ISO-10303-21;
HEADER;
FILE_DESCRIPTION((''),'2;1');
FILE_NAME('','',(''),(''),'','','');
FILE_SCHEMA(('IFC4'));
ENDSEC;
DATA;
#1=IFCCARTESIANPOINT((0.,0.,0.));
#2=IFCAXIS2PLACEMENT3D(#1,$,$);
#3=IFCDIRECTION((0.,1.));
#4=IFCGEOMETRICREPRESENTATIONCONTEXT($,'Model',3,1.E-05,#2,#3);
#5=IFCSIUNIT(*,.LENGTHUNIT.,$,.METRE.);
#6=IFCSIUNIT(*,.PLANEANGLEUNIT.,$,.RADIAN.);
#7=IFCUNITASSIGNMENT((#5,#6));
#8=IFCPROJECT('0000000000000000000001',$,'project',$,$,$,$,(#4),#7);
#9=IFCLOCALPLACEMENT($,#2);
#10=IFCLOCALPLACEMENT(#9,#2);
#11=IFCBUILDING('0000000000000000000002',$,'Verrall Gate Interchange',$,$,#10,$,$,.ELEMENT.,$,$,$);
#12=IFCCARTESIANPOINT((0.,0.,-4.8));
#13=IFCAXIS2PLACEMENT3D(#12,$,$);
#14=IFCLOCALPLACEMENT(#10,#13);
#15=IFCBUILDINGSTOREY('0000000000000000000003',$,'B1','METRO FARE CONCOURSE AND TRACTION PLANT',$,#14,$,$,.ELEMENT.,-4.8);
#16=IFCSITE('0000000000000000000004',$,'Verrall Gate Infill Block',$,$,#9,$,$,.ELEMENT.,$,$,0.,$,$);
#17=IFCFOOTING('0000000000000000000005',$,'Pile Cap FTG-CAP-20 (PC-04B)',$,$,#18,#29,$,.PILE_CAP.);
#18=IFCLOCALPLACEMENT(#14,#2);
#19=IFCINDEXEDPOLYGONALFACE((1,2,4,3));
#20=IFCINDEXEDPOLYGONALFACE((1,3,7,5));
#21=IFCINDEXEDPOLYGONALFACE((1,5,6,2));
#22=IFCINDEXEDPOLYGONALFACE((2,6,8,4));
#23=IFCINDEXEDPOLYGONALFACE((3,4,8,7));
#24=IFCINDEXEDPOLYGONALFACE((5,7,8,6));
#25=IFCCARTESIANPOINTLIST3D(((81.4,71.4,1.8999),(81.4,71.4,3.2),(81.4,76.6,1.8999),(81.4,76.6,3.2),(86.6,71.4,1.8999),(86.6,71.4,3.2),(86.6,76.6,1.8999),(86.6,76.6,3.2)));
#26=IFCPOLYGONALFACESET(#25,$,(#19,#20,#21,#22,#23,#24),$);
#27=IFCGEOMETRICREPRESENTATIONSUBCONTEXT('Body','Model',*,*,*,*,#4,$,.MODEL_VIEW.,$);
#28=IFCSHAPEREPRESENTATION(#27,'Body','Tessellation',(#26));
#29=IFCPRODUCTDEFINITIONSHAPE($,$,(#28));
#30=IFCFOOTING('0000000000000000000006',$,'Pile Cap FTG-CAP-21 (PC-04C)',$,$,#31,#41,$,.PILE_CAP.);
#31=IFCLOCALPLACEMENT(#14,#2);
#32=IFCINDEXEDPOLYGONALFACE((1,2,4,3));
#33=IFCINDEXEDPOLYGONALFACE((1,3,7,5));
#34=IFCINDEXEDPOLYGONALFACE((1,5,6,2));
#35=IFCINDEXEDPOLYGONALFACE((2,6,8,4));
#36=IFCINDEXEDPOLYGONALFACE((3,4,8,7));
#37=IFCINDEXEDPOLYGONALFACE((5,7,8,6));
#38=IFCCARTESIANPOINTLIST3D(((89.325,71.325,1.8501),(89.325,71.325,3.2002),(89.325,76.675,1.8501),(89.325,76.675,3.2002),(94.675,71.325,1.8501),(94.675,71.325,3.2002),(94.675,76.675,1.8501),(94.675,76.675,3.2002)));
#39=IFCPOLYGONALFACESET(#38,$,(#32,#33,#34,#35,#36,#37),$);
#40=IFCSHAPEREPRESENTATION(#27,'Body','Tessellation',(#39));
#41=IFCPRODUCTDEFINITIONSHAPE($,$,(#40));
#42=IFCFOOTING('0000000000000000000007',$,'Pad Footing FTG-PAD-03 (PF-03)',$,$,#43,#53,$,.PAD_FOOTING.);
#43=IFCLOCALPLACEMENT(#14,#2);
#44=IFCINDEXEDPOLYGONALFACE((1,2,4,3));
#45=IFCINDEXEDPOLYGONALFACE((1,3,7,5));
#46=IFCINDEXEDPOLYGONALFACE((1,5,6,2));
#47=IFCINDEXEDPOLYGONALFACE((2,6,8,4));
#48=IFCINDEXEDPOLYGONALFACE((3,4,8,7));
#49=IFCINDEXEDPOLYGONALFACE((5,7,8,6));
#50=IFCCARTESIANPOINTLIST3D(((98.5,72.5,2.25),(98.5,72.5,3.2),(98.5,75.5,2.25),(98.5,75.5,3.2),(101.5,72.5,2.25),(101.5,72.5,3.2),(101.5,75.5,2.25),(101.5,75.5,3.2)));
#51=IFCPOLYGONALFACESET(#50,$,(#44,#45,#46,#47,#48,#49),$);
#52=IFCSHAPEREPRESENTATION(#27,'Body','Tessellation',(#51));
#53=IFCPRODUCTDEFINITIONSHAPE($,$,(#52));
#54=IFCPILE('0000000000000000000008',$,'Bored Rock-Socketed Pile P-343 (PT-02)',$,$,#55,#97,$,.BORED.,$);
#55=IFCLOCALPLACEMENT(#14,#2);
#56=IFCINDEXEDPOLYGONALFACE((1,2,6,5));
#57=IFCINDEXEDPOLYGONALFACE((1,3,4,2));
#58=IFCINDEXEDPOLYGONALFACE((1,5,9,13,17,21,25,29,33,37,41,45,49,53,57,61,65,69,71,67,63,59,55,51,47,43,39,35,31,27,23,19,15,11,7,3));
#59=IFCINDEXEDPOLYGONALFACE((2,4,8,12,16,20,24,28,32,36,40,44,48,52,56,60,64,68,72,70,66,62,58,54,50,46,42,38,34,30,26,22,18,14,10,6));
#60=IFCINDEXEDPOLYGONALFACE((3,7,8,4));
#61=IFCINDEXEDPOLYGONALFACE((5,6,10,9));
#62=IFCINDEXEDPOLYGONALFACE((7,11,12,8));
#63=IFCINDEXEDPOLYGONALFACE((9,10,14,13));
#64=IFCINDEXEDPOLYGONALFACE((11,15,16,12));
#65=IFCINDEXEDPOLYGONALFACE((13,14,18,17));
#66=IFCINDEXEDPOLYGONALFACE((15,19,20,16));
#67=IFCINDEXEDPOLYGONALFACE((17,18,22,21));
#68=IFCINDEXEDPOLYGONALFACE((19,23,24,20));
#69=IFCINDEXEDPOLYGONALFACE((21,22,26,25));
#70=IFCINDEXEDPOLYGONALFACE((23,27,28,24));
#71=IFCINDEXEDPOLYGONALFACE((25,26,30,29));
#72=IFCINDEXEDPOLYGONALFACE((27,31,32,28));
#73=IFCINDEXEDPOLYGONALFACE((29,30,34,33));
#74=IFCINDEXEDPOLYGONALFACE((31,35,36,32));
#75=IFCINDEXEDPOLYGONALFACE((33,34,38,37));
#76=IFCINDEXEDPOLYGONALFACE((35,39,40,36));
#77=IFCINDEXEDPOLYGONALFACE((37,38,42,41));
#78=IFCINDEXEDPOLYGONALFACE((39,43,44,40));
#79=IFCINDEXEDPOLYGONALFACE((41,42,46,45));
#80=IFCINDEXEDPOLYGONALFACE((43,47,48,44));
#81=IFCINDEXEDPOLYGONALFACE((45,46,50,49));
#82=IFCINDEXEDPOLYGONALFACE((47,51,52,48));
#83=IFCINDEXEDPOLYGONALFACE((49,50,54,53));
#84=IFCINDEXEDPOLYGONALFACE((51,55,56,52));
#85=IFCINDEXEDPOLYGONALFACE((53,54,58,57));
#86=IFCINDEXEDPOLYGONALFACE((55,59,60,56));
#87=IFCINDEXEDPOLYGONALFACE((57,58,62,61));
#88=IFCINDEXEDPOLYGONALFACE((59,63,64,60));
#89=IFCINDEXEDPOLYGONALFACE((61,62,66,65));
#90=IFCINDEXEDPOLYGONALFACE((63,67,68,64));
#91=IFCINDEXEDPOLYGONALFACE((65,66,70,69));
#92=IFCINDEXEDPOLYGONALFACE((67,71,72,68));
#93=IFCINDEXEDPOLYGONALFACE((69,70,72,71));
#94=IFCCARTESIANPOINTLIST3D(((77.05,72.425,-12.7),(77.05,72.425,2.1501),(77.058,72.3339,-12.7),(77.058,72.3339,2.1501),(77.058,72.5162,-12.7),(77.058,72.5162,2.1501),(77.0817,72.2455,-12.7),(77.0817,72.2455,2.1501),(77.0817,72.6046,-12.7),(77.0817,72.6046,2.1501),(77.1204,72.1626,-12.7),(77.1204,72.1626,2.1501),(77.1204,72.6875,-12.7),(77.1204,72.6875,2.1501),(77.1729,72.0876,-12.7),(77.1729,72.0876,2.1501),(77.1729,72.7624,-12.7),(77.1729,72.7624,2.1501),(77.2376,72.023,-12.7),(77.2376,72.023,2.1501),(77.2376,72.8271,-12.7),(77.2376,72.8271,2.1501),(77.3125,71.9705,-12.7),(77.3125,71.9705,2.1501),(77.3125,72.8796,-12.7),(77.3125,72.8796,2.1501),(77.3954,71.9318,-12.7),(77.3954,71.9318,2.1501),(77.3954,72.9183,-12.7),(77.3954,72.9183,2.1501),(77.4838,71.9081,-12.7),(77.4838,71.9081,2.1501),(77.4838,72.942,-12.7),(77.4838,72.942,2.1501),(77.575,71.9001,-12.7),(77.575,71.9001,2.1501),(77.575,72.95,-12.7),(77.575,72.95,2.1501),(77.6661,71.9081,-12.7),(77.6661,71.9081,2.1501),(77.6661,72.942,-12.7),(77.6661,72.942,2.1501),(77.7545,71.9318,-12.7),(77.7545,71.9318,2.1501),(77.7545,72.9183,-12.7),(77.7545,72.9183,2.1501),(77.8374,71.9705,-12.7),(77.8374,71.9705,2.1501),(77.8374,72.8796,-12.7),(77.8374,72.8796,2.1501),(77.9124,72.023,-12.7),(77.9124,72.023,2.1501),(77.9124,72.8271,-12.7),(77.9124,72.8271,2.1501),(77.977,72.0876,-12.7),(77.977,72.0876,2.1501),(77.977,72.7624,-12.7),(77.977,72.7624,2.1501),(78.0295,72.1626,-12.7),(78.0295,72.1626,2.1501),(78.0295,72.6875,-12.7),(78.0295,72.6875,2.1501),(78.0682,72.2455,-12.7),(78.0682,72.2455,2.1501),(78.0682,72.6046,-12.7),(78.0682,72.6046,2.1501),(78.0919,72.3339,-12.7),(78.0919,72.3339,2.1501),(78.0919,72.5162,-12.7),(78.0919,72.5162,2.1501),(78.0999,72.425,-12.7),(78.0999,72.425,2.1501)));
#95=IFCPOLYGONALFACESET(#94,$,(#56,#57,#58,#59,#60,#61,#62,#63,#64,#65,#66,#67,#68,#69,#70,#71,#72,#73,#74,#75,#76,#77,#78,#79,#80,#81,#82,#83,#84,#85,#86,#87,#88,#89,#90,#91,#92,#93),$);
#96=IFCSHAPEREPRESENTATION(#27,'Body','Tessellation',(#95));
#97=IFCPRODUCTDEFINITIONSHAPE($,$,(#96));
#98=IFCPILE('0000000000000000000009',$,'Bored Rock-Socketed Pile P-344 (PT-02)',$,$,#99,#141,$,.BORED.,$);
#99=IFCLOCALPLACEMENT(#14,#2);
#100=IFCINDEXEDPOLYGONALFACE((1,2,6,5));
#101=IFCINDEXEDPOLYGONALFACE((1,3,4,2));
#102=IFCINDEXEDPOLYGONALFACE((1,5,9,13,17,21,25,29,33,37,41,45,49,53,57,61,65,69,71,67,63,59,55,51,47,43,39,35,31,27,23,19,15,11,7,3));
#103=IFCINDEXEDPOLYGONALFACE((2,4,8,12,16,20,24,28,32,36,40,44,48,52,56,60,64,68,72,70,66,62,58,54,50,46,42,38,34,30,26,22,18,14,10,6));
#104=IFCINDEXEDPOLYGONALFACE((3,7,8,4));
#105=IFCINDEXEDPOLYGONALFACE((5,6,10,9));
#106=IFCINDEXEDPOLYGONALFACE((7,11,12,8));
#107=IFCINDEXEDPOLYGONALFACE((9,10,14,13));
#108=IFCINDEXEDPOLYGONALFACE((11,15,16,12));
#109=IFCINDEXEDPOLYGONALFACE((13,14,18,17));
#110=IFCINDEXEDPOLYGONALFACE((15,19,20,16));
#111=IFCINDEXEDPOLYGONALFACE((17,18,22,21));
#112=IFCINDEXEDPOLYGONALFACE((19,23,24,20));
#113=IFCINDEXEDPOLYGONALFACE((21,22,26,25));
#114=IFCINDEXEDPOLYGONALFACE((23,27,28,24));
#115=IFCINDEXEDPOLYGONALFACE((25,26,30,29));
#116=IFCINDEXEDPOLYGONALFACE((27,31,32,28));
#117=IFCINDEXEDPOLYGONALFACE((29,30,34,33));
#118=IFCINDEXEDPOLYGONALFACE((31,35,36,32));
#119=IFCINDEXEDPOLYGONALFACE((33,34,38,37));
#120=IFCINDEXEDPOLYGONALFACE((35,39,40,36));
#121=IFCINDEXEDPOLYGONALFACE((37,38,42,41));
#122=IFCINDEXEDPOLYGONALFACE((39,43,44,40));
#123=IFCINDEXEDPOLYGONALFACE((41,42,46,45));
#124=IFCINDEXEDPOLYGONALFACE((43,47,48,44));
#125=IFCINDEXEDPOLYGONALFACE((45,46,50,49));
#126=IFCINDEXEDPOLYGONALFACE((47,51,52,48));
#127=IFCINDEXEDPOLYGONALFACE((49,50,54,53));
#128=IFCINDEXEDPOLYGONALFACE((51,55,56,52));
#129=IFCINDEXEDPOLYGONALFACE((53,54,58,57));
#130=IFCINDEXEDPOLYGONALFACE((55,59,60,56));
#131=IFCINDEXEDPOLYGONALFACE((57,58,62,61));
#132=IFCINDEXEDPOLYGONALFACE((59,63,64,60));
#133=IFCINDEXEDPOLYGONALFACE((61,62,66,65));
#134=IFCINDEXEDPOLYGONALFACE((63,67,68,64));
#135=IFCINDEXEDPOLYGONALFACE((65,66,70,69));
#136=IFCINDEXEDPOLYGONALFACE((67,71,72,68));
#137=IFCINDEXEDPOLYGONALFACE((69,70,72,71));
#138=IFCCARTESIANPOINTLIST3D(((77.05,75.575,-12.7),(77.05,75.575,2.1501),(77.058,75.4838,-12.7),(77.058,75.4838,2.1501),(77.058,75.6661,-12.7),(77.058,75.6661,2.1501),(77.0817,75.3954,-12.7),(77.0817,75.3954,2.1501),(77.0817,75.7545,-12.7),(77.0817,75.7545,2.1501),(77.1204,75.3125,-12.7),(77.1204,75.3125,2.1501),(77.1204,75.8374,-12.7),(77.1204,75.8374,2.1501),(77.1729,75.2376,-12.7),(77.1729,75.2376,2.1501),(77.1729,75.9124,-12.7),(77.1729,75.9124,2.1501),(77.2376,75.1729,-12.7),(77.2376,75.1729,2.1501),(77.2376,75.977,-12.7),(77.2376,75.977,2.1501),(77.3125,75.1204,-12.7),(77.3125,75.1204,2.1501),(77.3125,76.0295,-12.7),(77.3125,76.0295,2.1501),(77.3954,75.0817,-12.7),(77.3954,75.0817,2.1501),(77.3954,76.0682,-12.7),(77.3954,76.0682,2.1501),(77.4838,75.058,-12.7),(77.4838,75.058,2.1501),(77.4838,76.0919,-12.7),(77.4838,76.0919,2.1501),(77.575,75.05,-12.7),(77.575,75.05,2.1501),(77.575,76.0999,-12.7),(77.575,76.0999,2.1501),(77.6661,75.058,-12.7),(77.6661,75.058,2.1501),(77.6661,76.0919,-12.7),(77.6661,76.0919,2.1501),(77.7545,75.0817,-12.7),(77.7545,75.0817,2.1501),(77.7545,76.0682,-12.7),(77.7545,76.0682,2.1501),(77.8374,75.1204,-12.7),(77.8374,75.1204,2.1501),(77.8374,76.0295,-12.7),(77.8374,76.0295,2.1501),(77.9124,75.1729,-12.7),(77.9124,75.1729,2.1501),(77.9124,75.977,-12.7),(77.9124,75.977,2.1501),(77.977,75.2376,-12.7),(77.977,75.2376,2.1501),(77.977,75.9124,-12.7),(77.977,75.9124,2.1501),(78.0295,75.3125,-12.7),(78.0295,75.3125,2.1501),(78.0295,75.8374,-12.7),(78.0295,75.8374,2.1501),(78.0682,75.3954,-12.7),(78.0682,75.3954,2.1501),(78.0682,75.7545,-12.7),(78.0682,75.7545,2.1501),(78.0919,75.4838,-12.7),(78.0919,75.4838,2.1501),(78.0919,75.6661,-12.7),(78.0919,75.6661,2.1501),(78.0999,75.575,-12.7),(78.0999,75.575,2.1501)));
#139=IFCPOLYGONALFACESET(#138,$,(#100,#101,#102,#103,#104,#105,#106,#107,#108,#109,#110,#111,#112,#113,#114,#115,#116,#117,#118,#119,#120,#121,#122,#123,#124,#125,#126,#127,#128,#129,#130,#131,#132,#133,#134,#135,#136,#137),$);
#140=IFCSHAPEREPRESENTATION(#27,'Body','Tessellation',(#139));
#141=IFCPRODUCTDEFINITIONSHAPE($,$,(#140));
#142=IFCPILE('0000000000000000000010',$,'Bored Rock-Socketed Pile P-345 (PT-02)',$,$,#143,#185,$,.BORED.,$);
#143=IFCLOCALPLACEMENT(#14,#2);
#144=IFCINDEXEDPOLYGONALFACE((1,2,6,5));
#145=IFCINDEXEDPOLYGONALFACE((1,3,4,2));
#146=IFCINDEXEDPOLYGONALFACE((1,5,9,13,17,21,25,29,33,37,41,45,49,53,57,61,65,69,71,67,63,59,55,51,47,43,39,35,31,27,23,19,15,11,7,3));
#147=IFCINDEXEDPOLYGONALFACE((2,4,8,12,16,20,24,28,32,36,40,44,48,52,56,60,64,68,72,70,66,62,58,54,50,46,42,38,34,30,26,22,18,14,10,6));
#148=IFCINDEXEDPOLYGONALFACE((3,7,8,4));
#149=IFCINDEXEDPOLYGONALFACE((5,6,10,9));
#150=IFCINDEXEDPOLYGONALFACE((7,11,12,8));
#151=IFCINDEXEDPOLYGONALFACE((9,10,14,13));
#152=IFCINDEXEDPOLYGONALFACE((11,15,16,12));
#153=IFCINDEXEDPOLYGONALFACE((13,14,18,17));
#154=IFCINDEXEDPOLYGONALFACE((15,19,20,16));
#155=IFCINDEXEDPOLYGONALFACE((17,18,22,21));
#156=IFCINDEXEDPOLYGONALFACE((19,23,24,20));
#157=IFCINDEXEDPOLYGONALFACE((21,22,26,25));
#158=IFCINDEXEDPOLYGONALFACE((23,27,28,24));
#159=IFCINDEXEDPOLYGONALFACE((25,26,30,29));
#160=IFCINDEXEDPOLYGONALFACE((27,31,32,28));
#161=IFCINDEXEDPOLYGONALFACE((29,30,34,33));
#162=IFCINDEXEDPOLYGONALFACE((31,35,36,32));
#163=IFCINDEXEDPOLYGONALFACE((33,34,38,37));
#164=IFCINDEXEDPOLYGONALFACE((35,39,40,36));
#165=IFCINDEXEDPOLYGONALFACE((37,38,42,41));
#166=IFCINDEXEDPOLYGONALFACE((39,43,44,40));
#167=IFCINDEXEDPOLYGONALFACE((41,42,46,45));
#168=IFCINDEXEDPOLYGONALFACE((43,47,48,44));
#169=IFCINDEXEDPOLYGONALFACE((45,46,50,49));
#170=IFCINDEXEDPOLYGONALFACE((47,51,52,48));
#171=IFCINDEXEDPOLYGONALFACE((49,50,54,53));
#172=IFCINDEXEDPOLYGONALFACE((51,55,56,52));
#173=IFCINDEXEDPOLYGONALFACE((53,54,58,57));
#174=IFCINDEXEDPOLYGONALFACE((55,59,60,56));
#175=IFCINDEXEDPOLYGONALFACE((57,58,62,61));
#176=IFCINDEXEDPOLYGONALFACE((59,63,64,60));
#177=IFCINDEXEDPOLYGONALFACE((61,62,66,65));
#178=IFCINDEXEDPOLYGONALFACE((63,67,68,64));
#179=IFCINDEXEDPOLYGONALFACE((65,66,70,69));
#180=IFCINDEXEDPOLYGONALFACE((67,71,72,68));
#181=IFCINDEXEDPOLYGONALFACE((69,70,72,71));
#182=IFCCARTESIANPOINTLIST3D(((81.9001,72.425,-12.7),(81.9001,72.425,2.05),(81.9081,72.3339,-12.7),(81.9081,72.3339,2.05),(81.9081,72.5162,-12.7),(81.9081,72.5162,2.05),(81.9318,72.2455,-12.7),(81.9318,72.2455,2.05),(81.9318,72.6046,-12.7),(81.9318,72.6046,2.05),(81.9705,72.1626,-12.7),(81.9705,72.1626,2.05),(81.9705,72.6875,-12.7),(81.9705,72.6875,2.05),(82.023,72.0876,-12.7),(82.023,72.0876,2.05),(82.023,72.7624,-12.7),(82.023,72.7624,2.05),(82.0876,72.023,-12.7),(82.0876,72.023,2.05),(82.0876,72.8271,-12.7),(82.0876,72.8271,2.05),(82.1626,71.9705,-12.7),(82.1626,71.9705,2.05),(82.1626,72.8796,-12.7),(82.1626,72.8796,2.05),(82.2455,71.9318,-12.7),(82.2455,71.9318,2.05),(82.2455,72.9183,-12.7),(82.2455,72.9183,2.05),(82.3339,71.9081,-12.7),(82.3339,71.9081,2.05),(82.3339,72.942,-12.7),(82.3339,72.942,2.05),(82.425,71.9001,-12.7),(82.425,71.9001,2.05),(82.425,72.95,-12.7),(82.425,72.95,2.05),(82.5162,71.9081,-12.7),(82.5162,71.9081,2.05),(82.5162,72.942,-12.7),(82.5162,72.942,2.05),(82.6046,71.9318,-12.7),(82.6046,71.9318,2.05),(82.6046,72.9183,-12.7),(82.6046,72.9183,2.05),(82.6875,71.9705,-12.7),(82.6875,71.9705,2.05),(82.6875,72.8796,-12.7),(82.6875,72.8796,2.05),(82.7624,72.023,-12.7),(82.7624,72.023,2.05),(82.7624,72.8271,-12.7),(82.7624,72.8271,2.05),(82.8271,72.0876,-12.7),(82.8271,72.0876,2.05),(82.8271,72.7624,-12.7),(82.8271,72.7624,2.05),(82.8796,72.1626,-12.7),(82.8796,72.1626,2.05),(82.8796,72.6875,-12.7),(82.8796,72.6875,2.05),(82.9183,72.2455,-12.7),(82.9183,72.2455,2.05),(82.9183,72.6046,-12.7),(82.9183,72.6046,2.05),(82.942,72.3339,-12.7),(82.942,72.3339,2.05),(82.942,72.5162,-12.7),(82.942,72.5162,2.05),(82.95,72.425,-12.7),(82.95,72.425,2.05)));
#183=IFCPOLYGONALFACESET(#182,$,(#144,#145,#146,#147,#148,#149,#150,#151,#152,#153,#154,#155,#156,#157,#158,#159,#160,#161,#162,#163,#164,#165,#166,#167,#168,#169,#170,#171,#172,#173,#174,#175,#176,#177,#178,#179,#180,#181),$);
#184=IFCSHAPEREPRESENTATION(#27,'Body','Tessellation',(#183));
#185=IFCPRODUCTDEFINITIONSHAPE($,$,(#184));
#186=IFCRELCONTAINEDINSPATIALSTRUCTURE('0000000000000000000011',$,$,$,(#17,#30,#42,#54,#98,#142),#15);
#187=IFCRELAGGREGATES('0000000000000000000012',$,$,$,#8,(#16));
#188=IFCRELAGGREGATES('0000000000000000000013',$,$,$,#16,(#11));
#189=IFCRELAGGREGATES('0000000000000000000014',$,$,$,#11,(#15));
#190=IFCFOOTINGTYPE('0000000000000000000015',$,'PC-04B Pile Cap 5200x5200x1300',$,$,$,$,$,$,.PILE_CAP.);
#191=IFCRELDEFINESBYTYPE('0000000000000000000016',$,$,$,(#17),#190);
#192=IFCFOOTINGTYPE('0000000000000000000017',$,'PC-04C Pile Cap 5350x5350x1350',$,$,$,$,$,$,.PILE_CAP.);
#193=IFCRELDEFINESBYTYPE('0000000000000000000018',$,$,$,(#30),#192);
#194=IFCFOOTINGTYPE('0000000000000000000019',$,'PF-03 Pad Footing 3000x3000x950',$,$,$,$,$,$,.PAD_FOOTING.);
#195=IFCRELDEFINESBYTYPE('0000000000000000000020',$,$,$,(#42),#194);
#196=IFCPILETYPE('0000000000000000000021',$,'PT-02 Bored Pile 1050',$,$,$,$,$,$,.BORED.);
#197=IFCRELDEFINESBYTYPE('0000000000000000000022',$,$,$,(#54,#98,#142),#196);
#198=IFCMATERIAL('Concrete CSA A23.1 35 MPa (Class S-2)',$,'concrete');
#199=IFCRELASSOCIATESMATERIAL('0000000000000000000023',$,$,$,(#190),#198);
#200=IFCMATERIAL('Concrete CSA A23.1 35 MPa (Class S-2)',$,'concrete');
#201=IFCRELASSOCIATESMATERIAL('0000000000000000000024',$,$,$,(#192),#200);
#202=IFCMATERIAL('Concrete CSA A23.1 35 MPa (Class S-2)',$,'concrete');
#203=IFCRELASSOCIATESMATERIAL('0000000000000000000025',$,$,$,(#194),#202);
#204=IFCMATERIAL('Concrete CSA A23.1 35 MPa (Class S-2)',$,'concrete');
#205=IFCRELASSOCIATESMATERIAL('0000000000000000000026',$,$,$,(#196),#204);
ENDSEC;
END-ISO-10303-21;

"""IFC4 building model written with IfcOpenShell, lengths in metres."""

from ifc_helpers import new_model, si_unit, direction, frame, origin, origin_2d, place, context, subcontext, project, spatial, rectangle, circle, extrude, material, material_profile, profile_set, type_object, element, save


model = new_model("IFC4")

# Units and contexts
model_context = context("Model", 3, precision=1e-05, world=origin(), true_north=direction((0.0, 1.0)))
body_context = subcontext(model_context, "Body", "Model", "MODEL_VIEW")
ifc_project = project(units=[si_unit("LENGTHUNIT", "METRE"), si_unit("PLANEANGLEUNIT", "RADIAN")], contexts=[model_context])

# Site, building, storey
site_placement = place(None, origin())
site = spatial("IfcSite", under=ifc_project, at=site_placement, Name="Verrall Gate Infill Block", CompositionType="ELEMENT", RefElevation=0.0)
building_placement = place(site_placement, origin())
building = spatial("IfcBuilding", under=site, at=building_placement, Name="Verrall Gate Interchange", CompositionType="ELEMENT")
storey_placement = place(building_placement, frame((0.0, 0.0, -4.8)))
storey = spatial("IfcBuildingStorey", under=building, at=storey_placement, Name="B1", Description="METRO FARE CONCOURSE AND TRACTION PLANT", CompositionType="ELEMENT", Elevation=-4.8)

# Footings
ifc_material_1 = material(Name="Concrete CSA A23.1 35 MPa (Class S-2)", Category="concrete")
footing_type_1 = type_object("IfcFootingType", Name="PC-04B Pile Cap 5200x5200x1300", PredefinedType="PILE_CAP", material=ifc_material_1)
footing_1_placement = place(storey_placement, frame((84.0, 74.0, 1.8999), z_axis=(0.0, 0.0, 1.0), x_axis=(1.0, 0.0, 0.0)))
element("IfcFooting", 1, at=footing_1_placement, inside=storey, type_object=footing_type_1, Name="Pile Cap FTG-CAP-20 (PC-04B)", PredefinedType="PILE_CAP", context=body_context, shape_type="SweptSolid", body=[
    extrude(rectangle(XDim=5.2, YDim=5.2, at=origin_2d()), origin(), (0.0, 0.0, 1.0), 1.3),
])
ifc_material_2 = material(Name="Concrete CSA A23.1 35 MPa (Class S-2)", Category="concrete")
footing_type_2 = type_object("IfcFootingType", Name="PC-04C Pile Cap 5350x5350x1350", PredefinedType="PILE_CAP", material=ifc_material_2)
footing_2_placement = place(storey_placement, frame((92.0, 74.0, 1.8501), z_axis=(0.0, 0.0, 1.0), x_axis=(1.0, 0.0, 0.0)))
element("IfcFooting", 2, at=footing_2_placement, inside=storey, type_object=footing_type_2, Name="Pile Cap FTG-CAP-21 (PC-04C)", PredefinedType="PILE_CAP", context=body_context, shape_type="SweptSolid", body=[
    extrude(rectangle(XDim=5.3501, YDim=5.3501, at=origin_2d()), origin(), (0.0, 0.0, 1.0), 1.3501),
])
ifc_material_3 = material(Name="Concrete CSA A23.1 35 MPa (Class S-2)", Category="concrete")
footing_type_3 = type_object("IfcFootingType", Name="PF-03 Pad Footing 3000x3000x950", PredefinedType="PAD_FOOTING", material=ifc_material_3)
footing_3_placement = place(storey_placement, frame((100.0, 74.0, 2.25), z_axis=(0.0, 0.0, 1.0), x_axis=(1.0, 0.0, 0.0)))
element("IfcFooting", 3, at=footing_3_placement, inside=storey, type_object=footing_type_3, Name="Pad Footing FTG-PAD-03 (PF-03)", PredefinedType="PAD_FOOTING", context=body_context, shape_type="SweptSolid", body=[
    extrude(rectangle(XDim=3.0, YDim=3.0, at=origin_2d()), origin(), (0.0, 0.0, 1.0), 0.95),
])

# Piles
ifc_material_4 = material(Name="Concrete CSA A23.1 35 MPa (Class S-2)", Category="concrete")
ifc_material_profile_1 = material_profile(ifc_material_4, circle(Radius=0.5249, at=origin_2d()), Name="PILE1050D")
ifc_profile_set_1 = profile_set([ifc_material_profile_1], Name="Concrete CSA A23.1 35 MPa (Class S-2)")
pile_type = type_object("IfcPileType", Name="PT-02 Bored Pile 1050", PredefinedType="BORED", material=ifc_profile_set_1)
for number, where, z_axis, x_axis, name in (
    (4, (77.575, 72.425, 2.1501), (0.0, 0.0, -1.0), (1.0, 0.0, 0.0), "Bored Rock-Socketed Pile P-343 (PT-02)"),
    (5, (77.575, 75.575, 2.1501), (0.0, 0.0, -1.0), (1.0, 0.0, 0.0), "Bored Rock-Socketed Pile P-344 (PT-02)"),
):
    element("IfcPile", number, at=place(storey_placement, frame(where, z_axis=z_axis, x_axis=x_axis)), inside=storey, type_object=pile_type, Name=name, PredefinedType="BORED", context=body_context, shape_type="SweptSolid", body=[
        extrude(circle(Radius=0.5249, at=origin_2d()), origin(), (0.0, 0.0, 1.0), 14.8501),
    ])
for number, where, z_axis, x_axis, name in (
    (6, (82.425, 72.425, 2.05), (0.0, 0.0, -1.0), (1.0, 0.0, 0.0), "Bored Rock-Socketed Pile P-345 (PT-02)"),
):
    element("IfcPile", number, at=place(storey_placement, frame(where, z_axis=z_axis, x_axis=x_axis)), inside=storey, type_object=pile_type, Name=name, PredefinedType="BORED", context=body_context, shape_type="SweptSolid", body=[
        extrude(circle(Radius=0.5249, at=origin_2d()), origin(), (0.0, 0.0, 1.0), 14.75),
    ])

save(model, "model.ifc")
